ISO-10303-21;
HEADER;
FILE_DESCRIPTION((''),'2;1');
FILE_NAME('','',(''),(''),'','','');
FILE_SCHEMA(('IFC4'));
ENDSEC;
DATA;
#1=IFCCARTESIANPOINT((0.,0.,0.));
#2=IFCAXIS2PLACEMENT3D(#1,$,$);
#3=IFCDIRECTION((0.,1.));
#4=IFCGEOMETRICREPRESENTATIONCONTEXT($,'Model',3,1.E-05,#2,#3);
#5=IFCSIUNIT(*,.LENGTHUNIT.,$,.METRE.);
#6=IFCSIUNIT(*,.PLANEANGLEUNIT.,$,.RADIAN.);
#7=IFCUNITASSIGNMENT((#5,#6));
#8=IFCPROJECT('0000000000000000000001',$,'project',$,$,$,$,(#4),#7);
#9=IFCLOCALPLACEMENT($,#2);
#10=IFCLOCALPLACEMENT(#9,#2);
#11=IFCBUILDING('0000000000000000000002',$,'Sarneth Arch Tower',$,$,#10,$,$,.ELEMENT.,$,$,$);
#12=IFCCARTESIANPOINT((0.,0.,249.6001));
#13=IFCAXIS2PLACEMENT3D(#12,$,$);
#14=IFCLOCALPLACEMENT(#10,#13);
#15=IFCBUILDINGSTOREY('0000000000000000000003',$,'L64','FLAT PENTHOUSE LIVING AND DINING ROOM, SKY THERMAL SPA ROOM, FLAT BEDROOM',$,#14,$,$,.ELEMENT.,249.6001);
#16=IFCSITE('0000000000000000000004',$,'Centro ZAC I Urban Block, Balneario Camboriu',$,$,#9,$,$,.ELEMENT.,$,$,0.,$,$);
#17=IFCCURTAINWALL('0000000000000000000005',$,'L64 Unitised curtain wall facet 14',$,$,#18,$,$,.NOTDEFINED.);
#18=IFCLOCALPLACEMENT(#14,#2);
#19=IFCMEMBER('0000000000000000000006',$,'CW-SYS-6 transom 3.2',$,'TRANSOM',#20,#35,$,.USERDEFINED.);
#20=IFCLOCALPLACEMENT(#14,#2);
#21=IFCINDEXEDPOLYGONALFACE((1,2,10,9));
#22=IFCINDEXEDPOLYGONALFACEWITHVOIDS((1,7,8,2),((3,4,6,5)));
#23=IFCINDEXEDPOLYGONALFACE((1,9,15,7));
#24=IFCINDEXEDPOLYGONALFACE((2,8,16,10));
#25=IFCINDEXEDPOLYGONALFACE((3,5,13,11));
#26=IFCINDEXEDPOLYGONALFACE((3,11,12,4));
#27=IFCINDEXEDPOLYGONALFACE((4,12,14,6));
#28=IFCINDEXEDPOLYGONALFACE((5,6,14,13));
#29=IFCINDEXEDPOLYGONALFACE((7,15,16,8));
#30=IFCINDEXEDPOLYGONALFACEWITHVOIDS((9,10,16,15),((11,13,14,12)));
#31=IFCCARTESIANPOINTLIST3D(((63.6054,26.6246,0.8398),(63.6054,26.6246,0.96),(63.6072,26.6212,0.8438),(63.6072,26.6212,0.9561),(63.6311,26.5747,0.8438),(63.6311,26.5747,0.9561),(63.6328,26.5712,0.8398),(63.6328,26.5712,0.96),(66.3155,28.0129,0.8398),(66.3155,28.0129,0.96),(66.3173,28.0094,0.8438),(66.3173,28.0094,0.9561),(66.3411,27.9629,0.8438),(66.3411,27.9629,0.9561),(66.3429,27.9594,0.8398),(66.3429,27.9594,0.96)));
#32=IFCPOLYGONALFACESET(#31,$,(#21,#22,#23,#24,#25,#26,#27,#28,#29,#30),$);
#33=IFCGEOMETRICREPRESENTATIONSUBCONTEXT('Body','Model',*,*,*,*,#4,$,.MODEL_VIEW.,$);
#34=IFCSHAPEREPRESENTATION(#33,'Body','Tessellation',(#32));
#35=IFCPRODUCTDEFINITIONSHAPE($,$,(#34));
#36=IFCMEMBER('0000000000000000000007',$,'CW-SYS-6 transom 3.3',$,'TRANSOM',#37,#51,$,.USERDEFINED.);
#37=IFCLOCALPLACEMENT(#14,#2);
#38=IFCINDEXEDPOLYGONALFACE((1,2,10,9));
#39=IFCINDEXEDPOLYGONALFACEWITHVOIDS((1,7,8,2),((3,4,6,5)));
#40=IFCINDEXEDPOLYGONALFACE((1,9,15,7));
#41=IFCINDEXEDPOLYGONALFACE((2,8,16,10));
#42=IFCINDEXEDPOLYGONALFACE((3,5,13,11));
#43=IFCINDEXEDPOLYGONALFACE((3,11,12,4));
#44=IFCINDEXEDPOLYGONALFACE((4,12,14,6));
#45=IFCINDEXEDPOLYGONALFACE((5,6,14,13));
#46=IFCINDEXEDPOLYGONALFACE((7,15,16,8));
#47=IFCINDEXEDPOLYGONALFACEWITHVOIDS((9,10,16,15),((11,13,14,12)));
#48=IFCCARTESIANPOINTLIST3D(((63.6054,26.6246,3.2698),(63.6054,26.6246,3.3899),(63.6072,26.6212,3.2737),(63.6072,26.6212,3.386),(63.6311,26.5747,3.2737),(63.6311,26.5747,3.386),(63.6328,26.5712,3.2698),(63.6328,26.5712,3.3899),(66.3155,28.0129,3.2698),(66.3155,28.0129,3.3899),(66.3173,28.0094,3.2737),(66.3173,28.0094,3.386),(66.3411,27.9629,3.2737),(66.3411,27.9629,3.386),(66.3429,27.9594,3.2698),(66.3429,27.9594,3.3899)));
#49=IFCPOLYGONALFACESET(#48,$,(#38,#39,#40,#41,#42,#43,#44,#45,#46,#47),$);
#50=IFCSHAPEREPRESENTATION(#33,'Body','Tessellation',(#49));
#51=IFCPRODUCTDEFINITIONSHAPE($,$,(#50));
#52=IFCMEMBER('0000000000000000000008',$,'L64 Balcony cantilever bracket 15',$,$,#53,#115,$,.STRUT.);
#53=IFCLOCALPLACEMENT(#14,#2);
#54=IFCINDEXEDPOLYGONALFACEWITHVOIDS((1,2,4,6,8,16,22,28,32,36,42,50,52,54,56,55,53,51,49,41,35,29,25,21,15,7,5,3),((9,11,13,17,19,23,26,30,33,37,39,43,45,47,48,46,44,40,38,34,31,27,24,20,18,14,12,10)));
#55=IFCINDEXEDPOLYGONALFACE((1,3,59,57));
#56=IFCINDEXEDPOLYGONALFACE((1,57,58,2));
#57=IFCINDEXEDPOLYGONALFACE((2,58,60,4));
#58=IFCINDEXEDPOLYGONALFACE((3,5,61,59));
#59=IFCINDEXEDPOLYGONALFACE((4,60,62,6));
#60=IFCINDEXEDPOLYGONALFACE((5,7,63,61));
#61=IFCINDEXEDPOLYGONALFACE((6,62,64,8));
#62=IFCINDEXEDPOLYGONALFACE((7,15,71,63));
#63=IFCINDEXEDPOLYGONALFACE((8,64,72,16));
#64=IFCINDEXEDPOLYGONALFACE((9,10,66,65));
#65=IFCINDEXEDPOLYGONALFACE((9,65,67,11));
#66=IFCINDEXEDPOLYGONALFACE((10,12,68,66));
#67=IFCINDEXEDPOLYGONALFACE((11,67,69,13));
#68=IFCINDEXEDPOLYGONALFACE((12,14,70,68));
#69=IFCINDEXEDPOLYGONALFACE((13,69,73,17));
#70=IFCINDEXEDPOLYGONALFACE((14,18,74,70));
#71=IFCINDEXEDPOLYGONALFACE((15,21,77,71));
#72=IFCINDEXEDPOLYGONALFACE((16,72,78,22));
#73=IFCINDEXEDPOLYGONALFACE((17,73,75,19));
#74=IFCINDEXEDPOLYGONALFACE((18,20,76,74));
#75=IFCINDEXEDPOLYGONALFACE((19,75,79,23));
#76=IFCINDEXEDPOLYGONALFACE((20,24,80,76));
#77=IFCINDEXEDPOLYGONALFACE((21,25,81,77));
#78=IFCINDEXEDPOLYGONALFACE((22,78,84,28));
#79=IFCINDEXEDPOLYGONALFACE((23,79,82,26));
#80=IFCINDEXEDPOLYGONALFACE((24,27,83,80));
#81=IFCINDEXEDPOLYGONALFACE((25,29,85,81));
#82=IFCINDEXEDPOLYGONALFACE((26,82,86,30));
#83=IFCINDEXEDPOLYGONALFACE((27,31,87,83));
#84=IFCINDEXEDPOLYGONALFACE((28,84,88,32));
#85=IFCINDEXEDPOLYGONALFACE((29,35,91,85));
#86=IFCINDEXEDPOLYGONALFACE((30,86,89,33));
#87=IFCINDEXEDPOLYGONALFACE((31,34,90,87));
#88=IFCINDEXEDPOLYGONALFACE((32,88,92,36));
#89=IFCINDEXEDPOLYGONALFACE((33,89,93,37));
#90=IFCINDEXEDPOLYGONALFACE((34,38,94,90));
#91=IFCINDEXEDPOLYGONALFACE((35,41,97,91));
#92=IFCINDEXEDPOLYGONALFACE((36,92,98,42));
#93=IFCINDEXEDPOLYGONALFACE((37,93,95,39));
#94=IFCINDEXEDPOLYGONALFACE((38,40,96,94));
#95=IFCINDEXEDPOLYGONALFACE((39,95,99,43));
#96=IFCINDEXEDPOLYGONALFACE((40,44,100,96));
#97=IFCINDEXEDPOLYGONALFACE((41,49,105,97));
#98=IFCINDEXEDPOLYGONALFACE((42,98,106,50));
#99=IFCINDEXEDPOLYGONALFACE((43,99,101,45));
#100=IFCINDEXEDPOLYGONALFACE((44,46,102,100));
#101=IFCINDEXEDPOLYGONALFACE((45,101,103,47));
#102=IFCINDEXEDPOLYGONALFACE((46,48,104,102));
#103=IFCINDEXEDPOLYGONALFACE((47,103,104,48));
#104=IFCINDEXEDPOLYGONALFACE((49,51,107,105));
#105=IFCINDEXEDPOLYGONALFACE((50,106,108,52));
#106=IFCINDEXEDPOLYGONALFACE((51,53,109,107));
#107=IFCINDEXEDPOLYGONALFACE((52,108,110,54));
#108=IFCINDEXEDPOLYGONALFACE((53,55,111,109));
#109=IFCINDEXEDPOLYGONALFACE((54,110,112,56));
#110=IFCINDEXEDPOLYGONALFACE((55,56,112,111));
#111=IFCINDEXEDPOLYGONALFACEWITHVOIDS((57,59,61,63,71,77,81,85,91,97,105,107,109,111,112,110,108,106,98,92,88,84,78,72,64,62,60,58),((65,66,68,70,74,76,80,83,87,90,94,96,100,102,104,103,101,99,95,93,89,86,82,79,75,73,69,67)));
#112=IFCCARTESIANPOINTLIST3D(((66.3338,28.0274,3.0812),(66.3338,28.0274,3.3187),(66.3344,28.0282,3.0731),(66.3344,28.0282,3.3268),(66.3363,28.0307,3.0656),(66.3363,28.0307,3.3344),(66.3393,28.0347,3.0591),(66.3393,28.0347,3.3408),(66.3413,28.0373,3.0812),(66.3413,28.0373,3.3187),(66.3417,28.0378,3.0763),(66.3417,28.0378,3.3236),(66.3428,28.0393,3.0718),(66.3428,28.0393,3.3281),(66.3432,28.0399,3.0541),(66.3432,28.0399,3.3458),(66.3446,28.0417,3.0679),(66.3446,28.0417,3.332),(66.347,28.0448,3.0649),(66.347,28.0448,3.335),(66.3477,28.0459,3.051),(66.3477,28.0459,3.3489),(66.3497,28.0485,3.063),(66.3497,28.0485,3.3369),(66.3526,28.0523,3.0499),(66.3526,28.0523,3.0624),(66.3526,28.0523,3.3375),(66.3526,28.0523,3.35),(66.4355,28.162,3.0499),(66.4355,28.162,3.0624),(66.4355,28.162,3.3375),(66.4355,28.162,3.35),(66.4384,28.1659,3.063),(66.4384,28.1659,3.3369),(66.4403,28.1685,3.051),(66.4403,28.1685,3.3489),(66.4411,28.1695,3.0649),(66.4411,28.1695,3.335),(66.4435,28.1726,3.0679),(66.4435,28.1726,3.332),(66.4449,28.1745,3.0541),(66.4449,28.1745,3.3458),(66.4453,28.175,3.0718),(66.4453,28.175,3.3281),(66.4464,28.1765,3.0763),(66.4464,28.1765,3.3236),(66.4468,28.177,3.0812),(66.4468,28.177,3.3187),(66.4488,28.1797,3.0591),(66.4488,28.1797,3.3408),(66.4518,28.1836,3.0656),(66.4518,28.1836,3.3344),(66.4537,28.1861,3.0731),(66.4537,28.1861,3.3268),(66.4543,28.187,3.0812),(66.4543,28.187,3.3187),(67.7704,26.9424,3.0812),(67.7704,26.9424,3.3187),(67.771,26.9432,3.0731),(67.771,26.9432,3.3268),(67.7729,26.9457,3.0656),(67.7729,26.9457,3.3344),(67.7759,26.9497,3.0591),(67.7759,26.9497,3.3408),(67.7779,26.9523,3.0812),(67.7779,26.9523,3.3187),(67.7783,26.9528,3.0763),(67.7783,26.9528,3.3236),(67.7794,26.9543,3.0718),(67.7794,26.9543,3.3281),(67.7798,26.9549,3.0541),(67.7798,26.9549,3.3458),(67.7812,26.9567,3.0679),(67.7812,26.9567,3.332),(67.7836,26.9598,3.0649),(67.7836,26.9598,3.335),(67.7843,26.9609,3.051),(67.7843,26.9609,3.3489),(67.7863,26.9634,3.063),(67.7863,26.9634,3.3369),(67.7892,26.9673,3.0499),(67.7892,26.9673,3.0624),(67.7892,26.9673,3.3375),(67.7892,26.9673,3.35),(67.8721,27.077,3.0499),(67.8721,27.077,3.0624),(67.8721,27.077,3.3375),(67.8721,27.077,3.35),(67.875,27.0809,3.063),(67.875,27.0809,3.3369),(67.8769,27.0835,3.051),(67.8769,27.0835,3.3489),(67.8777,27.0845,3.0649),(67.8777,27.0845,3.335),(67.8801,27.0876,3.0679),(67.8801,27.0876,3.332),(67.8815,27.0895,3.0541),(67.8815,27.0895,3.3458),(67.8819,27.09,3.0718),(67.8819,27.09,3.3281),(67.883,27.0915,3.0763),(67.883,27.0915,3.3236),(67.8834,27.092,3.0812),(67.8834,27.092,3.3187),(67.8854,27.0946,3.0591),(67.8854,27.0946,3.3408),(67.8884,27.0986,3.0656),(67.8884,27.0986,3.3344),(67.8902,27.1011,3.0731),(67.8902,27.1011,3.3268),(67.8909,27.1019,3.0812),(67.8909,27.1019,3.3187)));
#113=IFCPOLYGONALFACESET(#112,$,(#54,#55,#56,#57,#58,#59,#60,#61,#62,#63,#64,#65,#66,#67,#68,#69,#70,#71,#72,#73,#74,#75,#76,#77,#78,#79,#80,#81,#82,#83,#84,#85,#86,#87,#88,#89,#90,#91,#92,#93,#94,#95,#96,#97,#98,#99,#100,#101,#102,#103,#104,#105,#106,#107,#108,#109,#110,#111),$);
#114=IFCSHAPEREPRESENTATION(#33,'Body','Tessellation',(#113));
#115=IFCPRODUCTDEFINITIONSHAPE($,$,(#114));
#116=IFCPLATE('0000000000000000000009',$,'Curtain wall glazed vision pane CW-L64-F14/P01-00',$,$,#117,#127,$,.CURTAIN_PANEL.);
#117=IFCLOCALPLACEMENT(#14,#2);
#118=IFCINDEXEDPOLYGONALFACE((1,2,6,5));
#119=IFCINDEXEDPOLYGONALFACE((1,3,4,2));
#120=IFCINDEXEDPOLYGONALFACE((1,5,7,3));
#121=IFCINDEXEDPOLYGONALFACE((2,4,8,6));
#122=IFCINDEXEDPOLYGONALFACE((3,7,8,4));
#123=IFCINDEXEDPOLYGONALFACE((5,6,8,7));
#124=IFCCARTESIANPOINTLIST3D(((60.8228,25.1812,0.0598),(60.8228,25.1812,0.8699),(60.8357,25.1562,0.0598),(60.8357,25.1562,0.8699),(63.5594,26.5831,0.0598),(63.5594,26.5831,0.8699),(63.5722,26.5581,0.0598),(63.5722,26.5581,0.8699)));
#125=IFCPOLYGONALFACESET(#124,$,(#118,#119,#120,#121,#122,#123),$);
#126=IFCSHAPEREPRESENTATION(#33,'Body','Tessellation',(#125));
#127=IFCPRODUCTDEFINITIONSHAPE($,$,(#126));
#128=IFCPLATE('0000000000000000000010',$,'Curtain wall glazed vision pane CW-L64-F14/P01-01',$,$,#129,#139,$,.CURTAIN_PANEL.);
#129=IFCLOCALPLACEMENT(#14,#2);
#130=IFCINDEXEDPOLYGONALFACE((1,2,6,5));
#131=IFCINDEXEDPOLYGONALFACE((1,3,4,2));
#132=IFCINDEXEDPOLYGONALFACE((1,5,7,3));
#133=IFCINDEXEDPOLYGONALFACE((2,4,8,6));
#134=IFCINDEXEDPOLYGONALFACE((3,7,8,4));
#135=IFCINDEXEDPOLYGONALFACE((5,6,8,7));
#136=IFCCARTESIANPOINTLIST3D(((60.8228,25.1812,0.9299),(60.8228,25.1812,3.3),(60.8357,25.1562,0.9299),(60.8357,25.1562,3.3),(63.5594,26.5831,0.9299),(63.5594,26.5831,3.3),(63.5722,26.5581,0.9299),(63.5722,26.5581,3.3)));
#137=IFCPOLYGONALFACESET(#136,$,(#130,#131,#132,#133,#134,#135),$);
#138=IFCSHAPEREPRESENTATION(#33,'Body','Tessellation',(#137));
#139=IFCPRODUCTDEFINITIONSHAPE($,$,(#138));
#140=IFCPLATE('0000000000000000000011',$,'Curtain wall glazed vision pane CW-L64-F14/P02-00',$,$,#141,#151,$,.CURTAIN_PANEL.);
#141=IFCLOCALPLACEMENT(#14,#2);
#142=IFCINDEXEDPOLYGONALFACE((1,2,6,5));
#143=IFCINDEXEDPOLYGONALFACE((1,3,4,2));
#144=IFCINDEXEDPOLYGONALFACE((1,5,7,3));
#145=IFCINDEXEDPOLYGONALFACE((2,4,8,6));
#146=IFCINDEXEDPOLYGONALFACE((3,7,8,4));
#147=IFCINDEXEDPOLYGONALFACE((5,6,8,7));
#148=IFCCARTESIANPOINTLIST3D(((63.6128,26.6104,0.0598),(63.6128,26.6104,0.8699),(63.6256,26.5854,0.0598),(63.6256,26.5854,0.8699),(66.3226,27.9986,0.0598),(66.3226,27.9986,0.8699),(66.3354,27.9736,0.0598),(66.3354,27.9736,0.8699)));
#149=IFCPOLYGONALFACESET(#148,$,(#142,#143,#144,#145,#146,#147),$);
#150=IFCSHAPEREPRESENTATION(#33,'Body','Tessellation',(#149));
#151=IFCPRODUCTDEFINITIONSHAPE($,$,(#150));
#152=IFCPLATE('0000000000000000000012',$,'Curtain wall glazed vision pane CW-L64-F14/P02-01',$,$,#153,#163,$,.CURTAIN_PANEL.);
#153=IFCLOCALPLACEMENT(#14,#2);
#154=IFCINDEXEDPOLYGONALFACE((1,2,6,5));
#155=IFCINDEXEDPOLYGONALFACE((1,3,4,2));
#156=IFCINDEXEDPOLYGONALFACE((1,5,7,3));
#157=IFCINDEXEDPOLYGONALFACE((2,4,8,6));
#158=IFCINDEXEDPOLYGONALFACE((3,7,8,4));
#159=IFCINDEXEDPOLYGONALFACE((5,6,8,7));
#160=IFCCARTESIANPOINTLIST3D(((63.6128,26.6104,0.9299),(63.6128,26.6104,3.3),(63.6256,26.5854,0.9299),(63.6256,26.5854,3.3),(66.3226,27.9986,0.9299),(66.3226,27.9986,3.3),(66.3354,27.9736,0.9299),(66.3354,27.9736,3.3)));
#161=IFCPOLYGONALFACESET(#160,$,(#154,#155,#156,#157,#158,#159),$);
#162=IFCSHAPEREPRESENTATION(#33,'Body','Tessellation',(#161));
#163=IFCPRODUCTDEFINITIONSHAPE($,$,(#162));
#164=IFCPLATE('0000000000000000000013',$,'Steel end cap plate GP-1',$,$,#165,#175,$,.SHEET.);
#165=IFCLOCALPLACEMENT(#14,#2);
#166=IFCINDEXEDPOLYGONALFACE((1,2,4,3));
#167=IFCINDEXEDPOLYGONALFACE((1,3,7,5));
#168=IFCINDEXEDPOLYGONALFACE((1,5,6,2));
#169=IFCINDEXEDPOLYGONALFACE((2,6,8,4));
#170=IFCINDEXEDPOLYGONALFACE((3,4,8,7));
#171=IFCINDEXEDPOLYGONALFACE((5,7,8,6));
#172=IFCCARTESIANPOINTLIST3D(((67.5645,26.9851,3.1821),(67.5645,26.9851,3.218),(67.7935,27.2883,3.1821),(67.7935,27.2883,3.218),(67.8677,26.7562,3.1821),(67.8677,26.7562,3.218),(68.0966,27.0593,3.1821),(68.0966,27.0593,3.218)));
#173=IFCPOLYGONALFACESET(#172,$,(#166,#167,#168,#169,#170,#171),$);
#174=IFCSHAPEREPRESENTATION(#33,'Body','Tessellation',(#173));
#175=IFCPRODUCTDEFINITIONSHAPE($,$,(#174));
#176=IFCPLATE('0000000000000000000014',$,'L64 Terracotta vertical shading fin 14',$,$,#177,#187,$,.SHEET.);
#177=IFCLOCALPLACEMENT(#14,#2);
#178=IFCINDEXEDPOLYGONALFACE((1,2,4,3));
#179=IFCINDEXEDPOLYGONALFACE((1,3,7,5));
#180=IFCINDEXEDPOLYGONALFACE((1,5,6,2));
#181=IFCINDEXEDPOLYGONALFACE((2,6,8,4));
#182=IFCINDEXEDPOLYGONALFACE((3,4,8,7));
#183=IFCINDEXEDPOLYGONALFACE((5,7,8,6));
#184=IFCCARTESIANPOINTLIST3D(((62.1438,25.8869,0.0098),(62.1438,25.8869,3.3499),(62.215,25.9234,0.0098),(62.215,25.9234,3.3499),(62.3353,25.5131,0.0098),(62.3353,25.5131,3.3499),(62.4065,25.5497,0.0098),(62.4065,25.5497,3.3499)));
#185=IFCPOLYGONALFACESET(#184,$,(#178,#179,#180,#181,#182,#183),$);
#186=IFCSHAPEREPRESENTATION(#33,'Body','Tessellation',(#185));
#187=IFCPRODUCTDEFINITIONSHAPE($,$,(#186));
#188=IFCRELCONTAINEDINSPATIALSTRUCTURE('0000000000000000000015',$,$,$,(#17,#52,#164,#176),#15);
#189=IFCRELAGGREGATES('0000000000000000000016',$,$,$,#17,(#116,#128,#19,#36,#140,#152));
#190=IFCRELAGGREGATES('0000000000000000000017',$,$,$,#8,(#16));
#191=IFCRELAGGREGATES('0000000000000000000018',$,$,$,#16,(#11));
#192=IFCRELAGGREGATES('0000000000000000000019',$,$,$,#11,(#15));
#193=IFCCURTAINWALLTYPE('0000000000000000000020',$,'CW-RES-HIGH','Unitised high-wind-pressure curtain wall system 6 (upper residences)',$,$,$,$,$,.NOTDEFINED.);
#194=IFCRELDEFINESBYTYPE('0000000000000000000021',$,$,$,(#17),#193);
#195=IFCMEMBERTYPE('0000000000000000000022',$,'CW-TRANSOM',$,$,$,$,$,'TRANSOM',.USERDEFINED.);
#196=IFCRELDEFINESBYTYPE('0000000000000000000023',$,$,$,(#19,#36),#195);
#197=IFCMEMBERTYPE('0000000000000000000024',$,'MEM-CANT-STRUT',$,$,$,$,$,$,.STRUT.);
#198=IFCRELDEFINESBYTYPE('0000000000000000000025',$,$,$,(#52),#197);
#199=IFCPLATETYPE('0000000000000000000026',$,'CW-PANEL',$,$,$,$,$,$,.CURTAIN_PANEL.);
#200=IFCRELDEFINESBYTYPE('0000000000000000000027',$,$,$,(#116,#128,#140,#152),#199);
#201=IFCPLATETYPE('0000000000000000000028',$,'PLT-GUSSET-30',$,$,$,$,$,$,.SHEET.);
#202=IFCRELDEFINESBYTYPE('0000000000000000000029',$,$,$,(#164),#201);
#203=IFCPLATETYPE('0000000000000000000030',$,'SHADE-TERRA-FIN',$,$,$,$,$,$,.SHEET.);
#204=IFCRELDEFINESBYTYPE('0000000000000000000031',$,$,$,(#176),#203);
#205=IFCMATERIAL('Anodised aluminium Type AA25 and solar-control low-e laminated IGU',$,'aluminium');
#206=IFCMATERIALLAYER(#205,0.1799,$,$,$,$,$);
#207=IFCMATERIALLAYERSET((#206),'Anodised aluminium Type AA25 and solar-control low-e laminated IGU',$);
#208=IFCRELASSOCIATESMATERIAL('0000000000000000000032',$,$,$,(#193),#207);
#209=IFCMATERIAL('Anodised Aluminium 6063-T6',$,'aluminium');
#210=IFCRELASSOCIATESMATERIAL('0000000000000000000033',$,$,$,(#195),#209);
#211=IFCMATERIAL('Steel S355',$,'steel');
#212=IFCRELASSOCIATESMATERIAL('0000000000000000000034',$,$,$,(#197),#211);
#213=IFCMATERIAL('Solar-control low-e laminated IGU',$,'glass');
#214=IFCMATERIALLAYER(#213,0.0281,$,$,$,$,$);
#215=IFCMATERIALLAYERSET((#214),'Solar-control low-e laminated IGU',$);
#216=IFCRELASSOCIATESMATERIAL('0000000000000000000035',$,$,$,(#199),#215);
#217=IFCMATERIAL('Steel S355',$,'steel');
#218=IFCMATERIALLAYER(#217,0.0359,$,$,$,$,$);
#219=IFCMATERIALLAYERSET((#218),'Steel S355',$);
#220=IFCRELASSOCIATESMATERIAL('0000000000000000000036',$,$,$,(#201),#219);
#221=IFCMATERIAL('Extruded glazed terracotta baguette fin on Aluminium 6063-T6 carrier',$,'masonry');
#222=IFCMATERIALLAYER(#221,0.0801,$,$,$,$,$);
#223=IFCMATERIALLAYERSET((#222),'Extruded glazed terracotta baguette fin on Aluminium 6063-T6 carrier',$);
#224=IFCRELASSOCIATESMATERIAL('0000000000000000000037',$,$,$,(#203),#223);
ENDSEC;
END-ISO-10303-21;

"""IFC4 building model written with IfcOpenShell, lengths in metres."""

from ifc_helpers import new_model, si_unit, direction, frame, origin, origin_2d, place, context, subcontext, project, spatial, rectangle, hollow_rectangle, extrude, material, layer, layer_set, material_profile, profile_set, type_object, element, aggregate, save


model = new_model("IFC4")

# Units and contexts
model_context = context("Model", 3, precision=1e-05, world=origin(), true_north=direction((0.0, 1.0)))
body_context = subcontext(model_context, "Body", "Model", "MODEL_VIEW")
ifc_project = project(units=[si_unit("LENGTHUNIT", "METRE"), si_unit("PLANEANGLEUNIT", "RADIAN")], contexts=[model_context])

# Site, building, storey
site_placement = place(None, origin())
site = spatial("IfcSite", under=ifc_project, at=site_placement, Name="Centro ZAC I Urban Block, Balneario Camboriu", CompositionType="ELEMENT", RefElevation=0.0)
building_placement = place(site_placement, origin())
building = spatial("IfcBuilding", under=site, at=building_placement, Name="Sarneth Arch Tower", CompositionType="ELEMENT")
storey_placement = place(building_placement, frame((0.0, 0.0, 249.6001)))
storey = spatial("IfcBuildingStorey", under=building, at=storey_placement, Name="L64", Description="FLAT PENTHOUSE LIVING AND DINING ROOM, SKY THERMAL SPA ROOM, FLAT BEDROOM", CompositionType="ELEMENT", Elevation=249.6001)

# Curtain wall, members
ifc_material_1 = material(Name="Anodised aluminium Type AA25 and solar-control low-e laminated IGU", Category="aluminium")
ifc_layer_1 = layer(ifc_material_1, 0.1799)
ifc_layer_set_1 = layer_set([ifc_layer_1], Name="Anodised aluminium Type AA25 and solar-control low-e laminated IGU")
curtain_wall_type = type_object("IfcCurtainWallType", Name="CW-RES-HIGH", Description="Unitised high-wind-pressure curtain wall system 6 (upper residences)", PredefinedType="NOTDEFINED", material=ifc_layer_set_1)
curtain_wall_placement = place(storey_placement, origin())
curtain_wall = element("IfcCurtainWall", 1, at=curtain_wall_placement, inside=storey, type_object=curtain_wall_type, Name="L64 Unitised curtain wall facet 14", PredefinedType="NOTDEFINED")
ifc_material_2 = material(Name="Anodised Aluminium 6063-T6", Category="aluminium")
ifc_material_profile_1 = material_profile(ifc_material_2, hollow_rectangle(XDim=0.0601, YDim=0.1201, WallThickness=0.0039, at=origin_2d()), Name="AL-TRAN-120x60x4")
ifc_profile_set_1 = profile_set([ifc_material_profile_1], Name="Anodised Aluminium 6063-T6")
member_type_1 = type_object("IfcMemberType", Name="CW-TRANSOM", ElementType="TRANSOM", PredefinedType="USERDEFINED", material=ifc_profile_set_1)
member_1_placement = place(storey_placement, frame((63.6191, 26.5979, 0.8999), z_axis=(0.890023, 0.455916, 0.0), x_axis=(-0.455916, 0.890023, 0.0)))
member_1 = element("IfcMember", 2, at=member_1_placement, type_object=member_type_1, Name="CW-SYS-6 transom 3.2", ObjectType="TRANSOM", PredefinedType="USERDEFINED", context=body_context, shape_type="SweptSolid", body=[
    extrude(hollow_rectangle(XDim=0.0601, YDim=0.1201, WallThickness=0.0039, at=origin_2d()), origin(), (0.0, 0.0, 1.0), 3.0449),
])
member_2_placement = place(storey_placement, frame((63.6191, 26.5979, 3.3298), z_axis=(0.890023, 0.455916, 0.0), x_axis=(-0.455916, 0.890023, 0.0)))
member_2 = element("IfcMember", 3, at=member_2_placement, type_object=member_type_1, Name="CW-SYS-6 transom 3.3", ObjectType="TRANSOM", PredefinedType="USERDEFINED", context=body_context, shape_type="SweptSolid", body=[
    extrude(hollow_rectangle(XDim=0.0601, YDim=0.1201, WallThickness=0.0039, at=origin_2d()), origin(), (0.0, 0.0, 1.0), 3.0449),
])

# Member
ifc_material_3 = material(Name="Steel S355", Category="steel")
ifc_material_profile_2 = material_profile(ifc_material_3, hollow_rectangle(XDim=0.2, YDim=0.3, WallThickness=0.0125, InnerFilletRadius=0.0188, OuterFilletRadius=0.0312, at=origin_2d()), Name="RHS300x200x12.5")
ifc_profile_set_2 = profile_set([ifc_material_profile_2], Name="Steel S355")
member_type_2 = type_object("IfcMemberType", Name="MEM-CANT-STRUT", PredefinedType="STRUT", material=ifc_profile_set_2)
member_3_placement = place(storey_placement, frame((66.394, 28.1072, 3.2), z_axis=(0.797977, -0.602687, 0.0), x_axis=(0.602687, 0.797977, 0.0)))
element("IfcMember", 4, at=member_3_placement, inside=storey, type_object=member_type_2, Name="L64 Balcony cantilever bracket 15", PredefinedType="STRUT", context=body_context, shape_type="SweptSolid", body=[
    extrude(hollow_rectangle(XDim=0.2, YDim=0.3, WallThickness=0.0125, InnerFilletRadius=0.0188, OuterFilletRadius=0.0312, at=origin_2d()), origin(), (0.0, 0.0, 1.0), 1.8003),
])

# Plates
ifc_material_4 = material(Name="Solar-control low-e laminated IGU", Category="glass")
ifc_layer_2 = layer(ifc_material_4, 0.0281)
ifc_layer_set_2 = layer_set([ifc_layer_2], Name="Solar-control low-e laminated IGU")
plate_type_1 = type_object("IfcPlateType", Name="CW-PANEL", PredefinedType="CURTAIN_PANEL", material=ifc_layer_set_2)
plate_1_placement = place(storey_placement, frame((62.1975, 25.8696, 0.0598), z_axis=(0.0, 0.0, 1.0), x_axis=(0.89001, 0.455942, 0.0)))
plate_1 = element("IfcPlate", 5, at=plate_1_placement, type_object=plate_type_1, Name="Curtain wall glazed vision pane CW-L64-F14/P01-00", PredefinedType="CURTAIN_PANEL", context=body_context, shape_type="SweptSolid", body=[
    extrude(rectangle(XDim=3.0747, YDim=0.0281, at=origin_2d()), origin(), (0.0, 0.0, 1.0), 0.8101),
])
plate_2_placement = place(storey_placement, frame((62.1975, 25.8696, 0.9299), z_axis=(0.0, 0.0, 1.0), x_axis=(0.89001, 0.455942, 0.0)))
plate_2 = element("IfcPlate", 6, at=plate_2_placement, type_object=plate_type_1, Name="Curtain wall glazed vision pane CW-L64-F14/P01-01", PredefinedType="CURTAIN_PANEL", context=body_context, shape_type="SweptSolid", body=[
    extrude(rectangle(XDim=3.0747, YDim=0.0281, at=origin_2d()), origin(), (0.0, 0.0, 1.0), 2.3701),
])
plate_3_placement = place(storey_placement, frame((64.9741, 27.292, 0.0598), z_axis=(0.0, 0.0, 1.0), x_axis=(0.89001, 0.455942, 0.0)))
plate_3 = element("IfcPlate", 7, at=plate_3_placement, type_object=plate_type_1, Name="Curtain wall glazed vision pane CW-L64-F14/P02-00", PredefinedType="CURTAIN_PANEL", context=body_context, shape_type="SweptSolid", body=[
    extrude(rectangle(XDim=3.0447, YDim=0.0281, at=origin_2d()), origin(), (0.0, 0.0, 1.0), 0.8101),
])
plate_4_placement = place(storey_placement, frame((64.9741, 27.292, 0.9299), z_axis=(0.0, 0.0, 1.0), x_axis=(0.89001, 0.455942, 0.0)))
plate_4 = element("IfcPlate", 8, at=plate_4_placement, type_object=plate_type_1, Name="Curtain wall glazed vision pane CW-L64-F14/P02-01", PredefinedType="CURTAIN_PANEL", context=body_context, shape_type="SweptSolid", body=[
    extrude(rectangle(XDim=3.0447, YDim=0.0281, at=origin_2d()), origin(), (0.0, 0.0, 1.0), 2.3701),
])
aggregate(curtain_wall, [plate_1, plate_2, member_1, member_2, plate_3, plate_4])

# Plates
ifc_material_5 = material(Name="Steel S355", Category="steel")
ifc_layer_3 = layer(ifc_material_5, 0.0359)
ifc_layer_set_3 = layer_set([ifc_layer_3], Name="Steel S355")
plate_type_2 = type_object("IfcPlateType", Name="PLT-GUSSET-30", PredefinedType="SHEET", material=ifc_layer_set_3)
plate_5_placement = place(storey_placement, frame((67.8306, 27.0222, 3.1821), z_axis=(0.0, 0.0, 1.0), x_axis=(0.798005, -0.602651, 0.0)))
element("IfcPlate", 9, at=plate_5_placement, inside=storey, type_object=plate_type_2, Name="Steel end cap plate GP-1", PredefinedType="SHEET", context=body_context, shape_type="SweptSolid", body=[
    extrude(rectangle(XDim=0.3799, YDim=0.3799, at=origin_2d()), origin(), (0.0, 0.0, 1.0), 0.0359),
])
ifc_material_6 = material(Name="Extruded glazed terracotta baguette fin on Aluminium 6063-T6 carrier", Category="masonry")
ifc_layer_4 = layer(ifc_material_6, 0.0801)
ifc_layer_set_4 = layer_set([ifc_layer_4], Name="Extruded glazed terracotta baguette fin on Aluminium 6063-T6 carrier")
plate_type_3 = type_object("IfcPlateType", Name="SHADE-TERRA-FIN", PredefinedType="SHEET", material=ifc_layer_set_4)
plate_6_placement = place(storey_placement, frame((62.2751, 25.7183, 0.0098), z_axis=(0.0, 0.0, 1.0), x_axis=(0.456011, -0.889974, 0.0)))
element("IfcPlate", 10, at=plate_6_placement, inside=storey, type_object=plate_type_3, Name="L64 Terracotta vertical shading fin 14", PredefinedType="SHEET", context=body_context, shape_type="SweptSolid", body=[
    extrude(rectangle(XDim=0.4199, YDim=0.0801, at=origin_2d()), origin(), (0.0, 0.0, 1.0), 3.3401),
])

save(model, "model.ifc")
